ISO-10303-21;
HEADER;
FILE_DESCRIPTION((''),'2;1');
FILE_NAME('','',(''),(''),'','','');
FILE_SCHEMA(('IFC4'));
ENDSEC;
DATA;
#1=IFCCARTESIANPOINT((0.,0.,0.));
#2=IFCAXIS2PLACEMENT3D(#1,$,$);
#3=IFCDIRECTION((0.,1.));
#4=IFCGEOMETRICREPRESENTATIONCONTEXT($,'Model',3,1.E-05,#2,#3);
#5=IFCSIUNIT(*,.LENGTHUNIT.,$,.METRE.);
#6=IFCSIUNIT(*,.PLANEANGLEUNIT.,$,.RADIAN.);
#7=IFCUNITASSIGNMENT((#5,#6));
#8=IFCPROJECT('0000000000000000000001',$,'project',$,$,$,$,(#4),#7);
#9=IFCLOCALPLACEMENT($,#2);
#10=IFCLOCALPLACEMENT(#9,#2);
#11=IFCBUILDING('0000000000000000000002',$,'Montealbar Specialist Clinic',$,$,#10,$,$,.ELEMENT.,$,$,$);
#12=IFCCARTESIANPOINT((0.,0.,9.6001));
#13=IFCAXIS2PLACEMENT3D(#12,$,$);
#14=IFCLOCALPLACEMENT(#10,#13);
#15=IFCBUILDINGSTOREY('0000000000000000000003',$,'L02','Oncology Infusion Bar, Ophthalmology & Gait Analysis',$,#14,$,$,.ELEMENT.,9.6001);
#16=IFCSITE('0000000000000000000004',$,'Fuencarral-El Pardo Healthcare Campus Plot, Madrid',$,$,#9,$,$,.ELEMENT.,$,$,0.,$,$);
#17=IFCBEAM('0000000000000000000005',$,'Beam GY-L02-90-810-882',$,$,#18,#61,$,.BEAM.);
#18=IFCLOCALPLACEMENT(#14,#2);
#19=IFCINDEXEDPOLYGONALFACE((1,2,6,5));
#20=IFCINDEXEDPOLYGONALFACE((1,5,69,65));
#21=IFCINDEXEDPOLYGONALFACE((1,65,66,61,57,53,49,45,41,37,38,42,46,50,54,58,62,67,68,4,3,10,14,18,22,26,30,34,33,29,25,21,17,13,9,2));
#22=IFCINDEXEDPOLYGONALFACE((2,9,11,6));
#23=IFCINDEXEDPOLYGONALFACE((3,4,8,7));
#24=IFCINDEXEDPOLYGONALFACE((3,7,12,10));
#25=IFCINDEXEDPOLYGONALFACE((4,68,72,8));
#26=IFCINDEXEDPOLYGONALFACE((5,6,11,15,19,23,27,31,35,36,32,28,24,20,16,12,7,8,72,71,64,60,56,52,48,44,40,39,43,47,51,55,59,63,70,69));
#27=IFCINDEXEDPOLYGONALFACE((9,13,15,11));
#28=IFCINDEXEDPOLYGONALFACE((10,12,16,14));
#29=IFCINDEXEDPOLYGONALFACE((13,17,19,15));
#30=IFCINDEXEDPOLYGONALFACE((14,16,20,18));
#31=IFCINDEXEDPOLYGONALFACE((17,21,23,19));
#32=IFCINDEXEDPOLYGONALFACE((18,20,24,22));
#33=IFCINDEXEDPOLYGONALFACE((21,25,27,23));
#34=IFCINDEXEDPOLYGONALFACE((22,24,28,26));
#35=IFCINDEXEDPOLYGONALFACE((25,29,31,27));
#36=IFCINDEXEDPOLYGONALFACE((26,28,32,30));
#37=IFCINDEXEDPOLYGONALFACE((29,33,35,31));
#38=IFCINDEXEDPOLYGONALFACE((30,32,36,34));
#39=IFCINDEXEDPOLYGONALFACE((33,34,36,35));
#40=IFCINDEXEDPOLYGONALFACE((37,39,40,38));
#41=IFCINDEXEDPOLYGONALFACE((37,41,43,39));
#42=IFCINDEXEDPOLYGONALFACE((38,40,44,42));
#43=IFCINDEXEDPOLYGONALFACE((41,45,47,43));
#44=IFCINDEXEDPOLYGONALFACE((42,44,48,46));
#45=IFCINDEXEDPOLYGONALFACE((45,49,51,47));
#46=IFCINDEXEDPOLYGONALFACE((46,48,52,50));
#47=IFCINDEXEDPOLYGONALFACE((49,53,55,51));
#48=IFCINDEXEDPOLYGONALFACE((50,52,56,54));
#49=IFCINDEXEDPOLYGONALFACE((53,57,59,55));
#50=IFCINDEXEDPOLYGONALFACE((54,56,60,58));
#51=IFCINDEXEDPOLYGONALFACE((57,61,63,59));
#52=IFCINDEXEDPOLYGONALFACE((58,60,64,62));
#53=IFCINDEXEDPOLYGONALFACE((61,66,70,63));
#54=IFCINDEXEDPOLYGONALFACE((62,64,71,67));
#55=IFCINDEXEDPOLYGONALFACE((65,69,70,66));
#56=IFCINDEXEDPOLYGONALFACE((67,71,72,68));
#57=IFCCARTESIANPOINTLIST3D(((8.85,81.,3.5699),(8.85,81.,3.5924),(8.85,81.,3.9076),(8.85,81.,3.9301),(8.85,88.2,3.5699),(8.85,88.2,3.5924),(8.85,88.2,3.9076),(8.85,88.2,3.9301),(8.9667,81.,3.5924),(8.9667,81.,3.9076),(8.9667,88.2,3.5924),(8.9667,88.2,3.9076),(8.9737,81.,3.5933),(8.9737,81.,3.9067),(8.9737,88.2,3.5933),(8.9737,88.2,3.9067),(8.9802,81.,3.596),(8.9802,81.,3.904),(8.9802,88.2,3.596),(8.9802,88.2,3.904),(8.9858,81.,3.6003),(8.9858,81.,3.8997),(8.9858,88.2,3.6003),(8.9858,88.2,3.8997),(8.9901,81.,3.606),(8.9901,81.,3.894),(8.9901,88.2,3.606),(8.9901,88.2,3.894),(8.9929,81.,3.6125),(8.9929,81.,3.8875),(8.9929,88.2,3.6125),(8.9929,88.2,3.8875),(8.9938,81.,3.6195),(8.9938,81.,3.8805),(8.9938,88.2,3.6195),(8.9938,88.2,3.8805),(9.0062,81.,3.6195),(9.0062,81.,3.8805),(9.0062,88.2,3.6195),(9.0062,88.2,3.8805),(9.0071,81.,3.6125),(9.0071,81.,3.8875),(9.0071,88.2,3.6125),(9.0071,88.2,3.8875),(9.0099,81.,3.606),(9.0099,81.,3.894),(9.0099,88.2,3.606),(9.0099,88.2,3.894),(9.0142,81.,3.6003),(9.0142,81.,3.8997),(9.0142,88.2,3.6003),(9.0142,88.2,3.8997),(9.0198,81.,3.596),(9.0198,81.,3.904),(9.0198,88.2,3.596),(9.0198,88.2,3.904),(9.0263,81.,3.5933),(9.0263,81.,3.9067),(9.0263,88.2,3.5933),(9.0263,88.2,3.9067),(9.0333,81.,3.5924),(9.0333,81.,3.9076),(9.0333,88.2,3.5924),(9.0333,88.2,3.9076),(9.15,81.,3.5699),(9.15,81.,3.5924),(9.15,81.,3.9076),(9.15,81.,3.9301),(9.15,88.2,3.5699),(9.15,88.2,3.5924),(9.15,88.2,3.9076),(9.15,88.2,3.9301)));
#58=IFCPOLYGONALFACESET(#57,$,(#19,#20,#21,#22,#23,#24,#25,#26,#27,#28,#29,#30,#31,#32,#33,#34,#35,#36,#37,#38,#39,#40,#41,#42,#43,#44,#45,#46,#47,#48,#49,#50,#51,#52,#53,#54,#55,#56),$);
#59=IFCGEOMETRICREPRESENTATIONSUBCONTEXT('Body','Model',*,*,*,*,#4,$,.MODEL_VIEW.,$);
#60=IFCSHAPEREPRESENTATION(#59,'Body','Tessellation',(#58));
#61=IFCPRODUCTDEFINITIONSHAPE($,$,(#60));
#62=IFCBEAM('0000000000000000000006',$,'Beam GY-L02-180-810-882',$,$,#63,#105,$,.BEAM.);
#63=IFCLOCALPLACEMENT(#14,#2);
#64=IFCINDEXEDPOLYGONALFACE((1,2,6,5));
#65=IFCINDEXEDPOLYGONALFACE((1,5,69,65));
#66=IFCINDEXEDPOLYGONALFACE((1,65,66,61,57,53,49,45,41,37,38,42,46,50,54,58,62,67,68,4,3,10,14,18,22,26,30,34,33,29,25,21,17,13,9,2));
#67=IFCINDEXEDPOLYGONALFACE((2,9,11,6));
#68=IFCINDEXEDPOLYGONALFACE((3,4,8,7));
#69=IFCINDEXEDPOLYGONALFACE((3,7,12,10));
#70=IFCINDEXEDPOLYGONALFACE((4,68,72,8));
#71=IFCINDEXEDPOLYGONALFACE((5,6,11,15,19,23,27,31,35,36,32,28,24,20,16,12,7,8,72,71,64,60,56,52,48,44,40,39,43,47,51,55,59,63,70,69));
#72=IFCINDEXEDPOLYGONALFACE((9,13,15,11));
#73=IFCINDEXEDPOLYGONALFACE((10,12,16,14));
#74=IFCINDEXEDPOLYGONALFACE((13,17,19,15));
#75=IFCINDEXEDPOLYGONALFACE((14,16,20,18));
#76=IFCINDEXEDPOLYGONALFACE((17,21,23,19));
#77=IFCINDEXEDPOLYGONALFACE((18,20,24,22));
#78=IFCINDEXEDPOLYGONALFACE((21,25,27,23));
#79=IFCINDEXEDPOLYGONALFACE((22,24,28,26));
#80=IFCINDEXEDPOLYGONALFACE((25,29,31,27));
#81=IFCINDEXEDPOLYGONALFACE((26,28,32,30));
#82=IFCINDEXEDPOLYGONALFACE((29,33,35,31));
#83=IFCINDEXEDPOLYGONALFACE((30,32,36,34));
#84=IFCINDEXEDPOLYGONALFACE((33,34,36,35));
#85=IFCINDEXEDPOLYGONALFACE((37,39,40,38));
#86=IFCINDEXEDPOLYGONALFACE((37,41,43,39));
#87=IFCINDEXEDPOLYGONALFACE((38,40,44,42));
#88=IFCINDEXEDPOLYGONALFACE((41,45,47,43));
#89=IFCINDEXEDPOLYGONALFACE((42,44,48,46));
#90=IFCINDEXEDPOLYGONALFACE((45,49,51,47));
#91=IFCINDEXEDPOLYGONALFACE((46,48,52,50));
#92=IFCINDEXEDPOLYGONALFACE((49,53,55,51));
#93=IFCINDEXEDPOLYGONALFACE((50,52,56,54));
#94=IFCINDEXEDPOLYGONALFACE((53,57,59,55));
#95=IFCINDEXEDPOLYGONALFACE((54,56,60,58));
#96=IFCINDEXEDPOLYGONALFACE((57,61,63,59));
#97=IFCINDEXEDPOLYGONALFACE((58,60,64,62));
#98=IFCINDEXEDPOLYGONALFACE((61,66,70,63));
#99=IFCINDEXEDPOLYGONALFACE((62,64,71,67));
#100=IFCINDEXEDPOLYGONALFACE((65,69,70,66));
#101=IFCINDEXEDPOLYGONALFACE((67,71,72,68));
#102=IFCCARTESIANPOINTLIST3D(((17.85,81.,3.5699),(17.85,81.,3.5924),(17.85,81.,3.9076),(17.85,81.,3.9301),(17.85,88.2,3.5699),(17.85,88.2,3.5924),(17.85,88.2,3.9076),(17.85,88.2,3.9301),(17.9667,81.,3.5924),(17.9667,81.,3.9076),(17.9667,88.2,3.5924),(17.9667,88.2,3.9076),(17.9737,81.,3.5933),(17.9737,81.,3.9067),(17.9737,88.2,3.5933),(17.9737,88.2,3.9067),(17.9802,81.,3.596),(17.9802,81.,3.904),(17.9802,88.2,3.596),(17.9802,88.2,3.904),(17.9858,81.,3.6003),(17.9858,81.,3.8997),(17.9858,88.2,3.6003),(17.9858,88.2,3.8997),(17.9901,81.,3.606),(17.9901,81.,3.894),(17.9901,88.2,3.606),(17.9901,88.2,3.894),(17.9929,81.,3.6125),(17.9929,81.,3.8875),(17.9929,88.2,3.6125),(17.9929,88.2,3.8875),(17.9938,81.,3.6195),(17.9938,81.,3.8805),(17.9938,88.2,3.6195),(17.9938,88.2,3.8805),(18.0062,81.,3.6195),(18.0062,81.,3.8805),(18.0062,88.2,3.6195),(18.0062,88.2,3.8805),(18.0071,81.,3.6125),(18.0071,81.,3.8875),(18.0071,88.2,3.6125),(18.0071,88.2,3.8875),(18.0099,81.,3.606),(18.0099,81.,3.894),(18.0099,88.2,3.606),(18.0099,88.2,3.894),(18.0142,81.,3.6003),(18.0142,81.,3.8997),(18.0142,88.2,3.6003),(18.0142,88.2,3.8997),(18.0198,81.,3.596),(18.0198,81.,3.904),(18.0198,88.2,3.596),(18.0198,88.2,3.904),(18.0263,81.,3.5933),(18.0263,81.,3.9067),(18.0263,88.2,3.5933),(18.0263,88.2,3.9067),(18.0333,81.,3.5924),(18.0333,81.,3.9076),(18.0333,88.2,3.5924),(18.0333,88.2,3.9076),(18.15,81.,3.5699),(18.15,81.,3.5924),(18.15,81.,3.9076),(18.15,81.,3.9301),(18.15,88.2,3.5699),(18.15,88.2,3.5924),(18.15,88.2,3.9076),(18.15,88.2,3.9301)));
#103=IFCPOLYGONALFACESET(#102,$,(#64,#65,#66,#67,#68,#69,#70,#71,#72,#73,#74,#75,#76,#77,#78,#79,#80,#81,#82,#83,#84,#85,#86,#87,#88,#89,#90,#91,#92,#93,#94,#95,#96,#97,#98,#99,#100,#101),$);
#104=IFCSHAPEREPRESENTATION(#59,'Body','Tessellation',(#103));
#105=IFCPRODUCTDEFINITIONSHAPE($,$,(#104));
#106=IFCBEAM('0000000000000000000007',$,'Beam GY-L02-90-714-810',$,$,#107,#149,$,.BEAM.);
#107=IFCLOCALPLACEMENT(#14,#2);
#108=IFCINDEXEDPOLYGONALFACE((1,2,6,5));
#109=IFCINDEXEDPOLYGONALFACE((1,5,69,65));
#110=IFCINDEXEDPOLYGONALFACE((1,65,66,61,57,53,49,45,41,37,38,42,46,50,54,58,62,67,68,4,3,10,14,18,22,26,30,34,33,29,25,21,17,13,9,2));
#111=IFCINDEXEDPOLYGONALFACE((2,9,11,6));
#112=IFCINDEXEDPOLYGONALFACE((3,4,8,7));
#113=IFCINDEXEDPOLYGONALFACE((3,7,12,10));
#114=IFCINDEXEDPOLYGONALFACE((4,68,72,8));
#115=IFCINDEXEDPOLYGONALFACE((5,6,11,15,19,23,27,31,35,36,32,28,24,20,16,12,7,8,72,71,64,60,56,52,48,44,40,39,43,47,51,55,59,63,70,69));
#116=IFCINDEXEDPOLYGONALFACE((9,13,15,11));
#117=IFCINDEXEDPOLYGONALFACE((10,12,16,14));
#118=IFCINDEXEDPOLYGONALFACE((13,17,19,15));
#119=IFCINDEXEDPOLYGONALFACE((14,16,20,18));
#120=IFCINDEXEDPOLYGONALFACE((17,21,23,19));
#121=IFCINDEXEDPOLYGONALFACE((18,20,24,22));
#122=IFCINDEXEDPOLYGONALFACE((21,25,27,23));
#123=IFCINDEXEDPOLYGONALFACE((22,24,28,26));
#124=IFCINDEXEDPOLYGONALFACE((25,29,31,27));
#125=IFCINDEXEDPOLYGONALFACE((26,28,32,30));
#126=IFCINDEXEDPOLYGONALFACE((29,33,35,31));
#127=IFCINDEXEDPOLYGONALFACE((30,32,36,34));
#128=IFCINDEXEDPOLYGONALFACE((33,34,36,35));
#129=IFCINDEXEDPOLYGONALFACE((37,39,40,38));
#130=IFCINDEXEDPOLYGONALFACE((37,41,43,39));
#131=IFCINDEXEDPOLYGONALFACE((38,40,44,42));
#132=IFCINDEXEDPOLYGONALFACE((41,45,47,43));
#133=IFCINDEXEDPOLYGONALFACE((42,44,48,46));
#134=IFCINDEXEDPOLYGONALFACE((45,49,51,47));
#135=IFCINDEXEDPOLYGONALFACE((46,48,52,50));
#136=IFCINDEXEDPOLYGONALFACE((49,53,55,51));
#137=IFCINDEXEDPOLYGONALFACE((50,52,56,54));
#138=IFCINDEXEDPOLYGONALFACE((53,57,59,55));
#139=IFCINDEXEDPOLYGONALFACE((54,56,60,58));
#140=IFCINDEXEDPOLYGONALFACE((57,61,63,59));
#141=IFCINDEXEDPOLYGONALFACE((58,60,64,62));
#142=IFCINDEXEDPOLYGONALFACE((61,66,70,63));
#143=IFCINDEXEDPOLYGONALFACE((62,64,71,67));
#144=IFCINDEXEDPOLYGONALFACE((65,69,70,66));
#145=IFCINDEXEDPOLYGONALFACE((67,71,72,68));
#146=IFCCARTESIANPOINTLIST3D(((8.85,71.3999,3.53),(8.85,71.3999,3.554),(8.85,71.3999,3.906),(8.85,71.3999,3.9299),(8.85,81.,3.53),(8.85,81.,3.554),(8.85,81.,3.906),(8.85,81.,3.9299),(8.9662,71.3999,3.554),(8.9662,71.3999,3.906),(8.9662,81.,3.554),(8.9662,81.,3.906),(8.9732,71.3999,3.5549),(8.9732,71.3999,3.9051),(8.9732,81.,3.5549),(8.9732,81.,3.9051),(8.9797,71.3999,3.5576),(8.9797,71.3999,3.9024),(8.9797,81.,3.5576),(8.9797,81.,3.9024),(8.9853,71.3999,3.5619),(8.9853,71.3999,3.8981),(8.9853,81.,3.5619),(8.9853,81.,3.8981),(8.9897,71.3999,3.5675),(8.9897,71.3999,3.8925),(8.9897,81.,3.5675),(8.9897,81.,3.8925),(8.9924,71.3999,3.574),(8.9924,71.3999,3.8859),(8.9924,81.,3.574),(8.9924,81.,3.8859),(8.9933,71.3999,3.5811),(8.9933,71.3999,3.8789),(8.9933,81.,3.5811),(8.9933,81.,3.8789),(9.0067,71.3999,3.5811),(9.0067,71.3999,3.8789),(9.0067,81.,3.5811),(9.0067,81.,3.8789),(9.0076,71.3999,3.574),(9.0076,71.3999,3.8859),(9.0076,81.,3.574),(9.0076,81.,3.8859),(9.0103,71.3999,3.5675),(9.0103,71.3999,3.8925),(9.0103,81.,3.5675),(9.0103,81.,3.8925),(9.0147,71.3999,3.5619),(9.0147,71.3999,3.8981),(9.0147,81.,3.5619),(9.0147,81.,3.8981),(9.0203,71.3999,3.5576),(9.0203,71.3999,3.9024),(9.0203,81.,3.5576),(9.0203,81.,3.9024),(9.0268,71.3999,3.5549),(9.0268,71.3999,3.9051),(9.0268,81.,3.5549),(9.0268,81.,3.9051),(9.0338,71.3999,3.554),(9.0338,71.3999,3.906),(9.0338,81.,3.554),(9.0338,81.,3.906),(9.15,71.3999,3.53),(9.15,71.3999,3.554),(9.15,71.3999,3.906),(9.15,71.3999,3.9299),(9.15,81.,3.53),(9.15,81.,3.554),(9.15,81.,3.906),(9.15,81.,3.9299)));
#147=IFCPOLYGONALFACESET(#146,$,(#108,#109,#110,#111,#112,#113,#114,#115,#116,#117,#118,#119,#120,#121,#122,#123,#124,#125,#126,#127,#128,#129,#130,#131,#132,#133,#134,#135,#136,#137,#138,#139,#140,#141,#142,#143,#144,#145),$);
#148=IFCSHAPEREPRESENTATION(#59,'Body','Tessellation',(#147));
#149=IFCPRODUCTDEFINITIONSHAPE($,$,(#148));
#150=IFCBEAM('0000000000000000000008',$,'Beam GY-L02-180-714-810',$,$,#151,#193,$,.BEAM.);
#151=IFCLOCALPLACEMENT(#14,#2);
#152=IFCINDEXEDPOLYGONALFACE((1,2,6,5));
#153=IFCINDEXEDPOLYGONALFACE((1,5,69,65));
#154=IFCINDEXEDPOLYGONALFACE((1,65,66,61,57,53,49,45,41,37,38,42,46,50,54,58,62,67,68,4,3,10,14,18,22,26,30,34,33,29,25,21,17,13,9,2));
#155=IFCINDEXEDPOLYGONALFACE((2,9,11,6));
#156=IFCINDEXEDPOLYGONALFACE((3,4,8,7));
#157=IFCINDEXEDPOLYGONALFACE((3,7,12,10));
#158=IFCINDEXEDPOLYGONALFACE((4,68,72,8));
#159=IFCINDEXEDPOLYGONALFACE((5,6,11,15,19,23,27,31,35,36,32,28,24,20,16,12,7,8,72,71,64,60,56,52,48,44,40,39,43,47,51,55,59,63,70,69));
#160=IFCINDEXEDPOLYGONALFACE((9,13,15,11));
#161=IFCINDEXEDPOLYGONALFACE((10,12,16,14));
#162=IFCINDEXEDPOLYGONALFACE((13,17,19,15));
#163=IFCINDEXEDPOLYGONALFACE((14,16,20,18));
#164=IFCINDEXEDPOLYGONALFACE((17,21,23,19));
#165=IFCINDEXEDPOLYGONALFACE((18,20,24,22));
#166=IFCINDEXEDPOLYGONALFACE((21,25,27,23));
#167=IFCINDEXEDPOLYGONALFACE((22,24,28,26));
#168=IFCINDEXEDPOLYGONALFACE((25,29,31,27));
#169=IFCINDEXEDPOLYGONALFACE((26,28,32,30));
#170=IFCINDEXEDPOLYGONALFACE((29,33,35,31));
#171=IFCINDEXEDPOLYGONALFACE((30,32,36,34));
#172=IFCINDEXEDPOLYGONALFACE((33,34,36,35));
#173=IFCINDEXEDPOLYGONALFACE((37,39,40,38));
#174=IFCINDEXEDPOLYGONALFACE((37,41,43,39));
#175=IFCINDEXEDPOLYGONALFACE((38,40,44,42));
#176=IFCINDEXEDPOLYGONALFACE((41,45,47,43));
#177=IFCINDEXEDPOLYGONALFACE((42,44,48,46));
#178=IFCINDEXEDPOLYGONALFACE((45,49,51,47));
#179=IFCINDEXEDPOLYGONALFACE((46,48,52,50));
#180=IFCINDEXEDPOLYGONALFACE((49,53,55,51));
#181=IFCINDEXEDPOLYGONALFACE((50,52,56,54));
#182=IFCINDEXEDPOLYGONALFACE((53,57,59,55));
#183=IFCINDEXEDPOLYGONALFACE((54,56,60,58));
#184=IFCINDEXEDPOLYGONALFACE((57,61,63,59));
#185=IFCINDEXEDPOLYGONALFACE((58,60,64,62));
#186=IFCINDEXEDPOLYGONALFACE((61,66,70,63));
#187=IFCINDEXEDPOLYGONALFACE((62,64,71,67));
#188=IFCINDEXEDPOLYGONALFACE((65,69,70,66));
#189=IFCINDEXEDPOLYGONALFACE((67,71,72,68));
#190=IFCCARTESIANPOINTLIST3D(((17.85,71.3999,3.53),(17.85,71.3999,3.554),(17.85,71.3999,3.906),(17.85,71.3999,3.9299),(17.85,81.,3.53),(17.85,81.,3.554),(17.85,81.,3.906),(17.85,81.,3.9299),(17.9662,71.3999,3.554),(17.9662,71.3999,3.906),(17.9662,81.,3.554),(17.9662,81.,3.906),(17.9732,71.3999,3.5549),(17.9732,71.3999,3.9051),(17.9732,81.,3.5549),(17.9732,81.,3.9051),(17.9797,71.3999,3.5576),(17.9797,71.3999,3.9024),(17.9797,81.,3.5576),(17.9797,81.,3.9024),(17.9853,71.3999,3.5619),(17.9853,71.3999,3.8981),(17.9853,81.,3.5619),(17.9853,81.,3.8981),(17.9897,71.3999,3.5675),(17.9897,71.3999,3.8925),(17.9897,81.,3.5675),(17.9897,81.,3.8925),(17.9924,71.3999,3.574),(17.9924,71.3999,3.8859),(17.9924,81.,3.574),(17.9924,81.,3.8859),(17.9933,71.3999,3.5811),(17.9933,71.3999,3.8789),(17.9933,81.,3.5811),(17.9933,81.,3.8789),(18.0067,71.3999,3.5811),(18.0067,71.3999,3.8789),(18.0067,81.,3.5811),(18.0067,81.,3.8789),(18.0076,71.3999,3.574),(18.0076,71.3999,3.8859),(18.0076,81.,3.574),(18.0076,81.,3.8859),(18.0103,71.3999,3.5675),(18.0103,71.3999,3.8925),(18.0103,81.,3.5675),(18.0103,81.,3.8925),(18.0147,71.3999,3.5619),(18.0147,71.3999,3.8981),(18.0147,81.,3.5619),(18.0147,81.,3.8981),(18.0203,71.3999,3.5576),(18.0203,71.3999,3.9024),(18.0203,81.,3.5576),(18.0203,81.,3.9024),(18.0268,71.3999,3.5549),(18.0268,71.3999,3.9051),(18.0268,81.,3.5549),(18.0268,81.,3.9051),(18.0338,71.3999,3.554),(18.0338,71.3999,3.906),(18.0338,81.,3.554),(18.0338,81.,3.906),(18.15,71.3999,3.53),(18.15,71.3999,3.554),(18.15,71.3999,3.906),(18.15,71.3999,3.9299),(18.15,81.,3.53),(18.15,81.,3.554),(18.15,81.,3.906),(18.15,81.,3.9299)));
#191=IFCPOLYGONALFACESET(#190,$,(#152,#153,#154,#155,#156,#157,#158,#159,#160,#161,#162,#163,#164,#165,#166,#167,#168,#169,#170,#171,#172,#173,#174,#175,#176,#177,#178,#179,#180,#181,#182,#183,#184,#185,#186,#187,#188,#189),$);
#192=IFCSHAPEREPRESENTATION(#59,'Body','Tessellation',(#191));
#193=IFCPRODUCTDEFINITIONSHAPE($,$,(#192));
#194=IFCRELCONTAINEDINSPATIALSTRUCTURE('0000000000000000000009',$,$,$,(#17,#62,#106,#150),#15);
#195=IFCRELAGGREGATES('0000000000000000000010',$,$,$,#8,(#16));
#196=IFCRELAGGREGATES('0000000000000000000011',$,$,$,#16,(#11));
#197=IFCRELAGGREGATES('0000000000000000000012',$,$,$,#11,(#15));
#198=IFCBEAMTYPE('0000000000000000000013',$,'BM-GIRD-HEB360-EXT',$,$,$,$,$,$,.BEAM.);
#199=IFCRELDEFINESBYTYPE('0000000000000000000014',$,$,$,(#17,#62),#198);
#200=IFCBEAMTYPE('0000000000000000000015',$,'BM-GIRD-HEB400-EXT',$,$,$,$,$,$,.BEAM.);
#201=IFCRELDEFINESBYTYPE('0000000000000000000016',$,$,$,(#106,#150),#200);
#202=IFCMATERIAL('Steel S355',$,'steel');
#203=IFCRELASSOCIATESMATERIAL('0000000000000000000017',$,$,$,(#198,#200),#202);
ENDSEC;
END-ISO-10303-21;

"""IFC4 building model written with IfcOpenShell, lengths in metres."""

from ifc_helpers import new_model, si_unit, direction, frame, origin, origin_2d, place, context, subcontext, project, spatial, i_section, extrude, material, material_profile, profile_set, type_object, element, save


model = new_model("IFC4")

# Units and contexts
model_context = context("Model", 3, precision=1e-05, world=origin(), true_north=direction((0.0, 1.0)))
body_context = subcontext(model_context, "Body", "Model", "MODEL_VIEW")
ifc_project = project(units=[si_unit("LENGTHUNIT", "METRE"), si_unit("PLANEANGLEUNIT", "RADIAN")], contexts=[model_context])

# Site, building, storey
site_placement = place(None, origin())
site = spatial("IfcSite", under=ifc_project, at=site_placement, Name="Fuencarral-El Pardo Healthcare Campus Plot, Madrid", CompositionType="ELEMENT", RefElevation=0.0)
building_placement = place(site_placement, origin())
building = spatial("IfcBuilding", under=site, at=building_placement, Name="Montealbar Specialist Clinic", CompositionType="ELEMENT")
storey_placement = place(building_placement, frame((0.0, 0.0, 9.6001)))
storey = spatial("IfcBuildingStorey", under=building, at=storey_placement, Name="L02", Description="Oncology Infusion Bar, Ophthalmology & Gait Analysis", CompositionType="ELEMENT", Elevation=9.6001)

# Shared definitions
ifc_material_1 = material(Name="Steel S355", Category="steel")

# Beams
ifc_material_profile_1 = material_profile(ifc_material_1, i_section(OverallWidth=0.3, OverallDepth=0.3601, WebThickness=0.0125, FlangeThickness=0.0225, FilletRadius=0.0271, at=origin_2d()), Name="HEB 360", Category="steel")
ifc_profile_set_1 = profile_set([ifc_material_profile_1], Name="Steel S355")
beam_type_1 = type_object("IfcBeamType", Name="BM-GIRD-HEB360-EXT", PredefinedType="BEAM", material=ifc_profile_set_1)
for number, where, z_axis, x_axis, name in (
    (1, (9.0, 81.0, 3.75), (0.0, 1.0, 0.0), (-1.0, 0.0, 0.0), "Beam GY-L02-90-810-882"),
    (2, (18.0, 81.0, 3.75), (0.0, 1.0, 0.0), (-1.0, 0.0, 0.0), "Beam GY-L02-180-810-882"),
):
    element("IfcBeam", number, at=place(storey_placement, frame(where, z_axis=z_axis, x_axis=x_axis)), inside=storey, type_object=beam_type_1, Name=name, PredefinedType="BEAM", context=body_context, shape_type="SweptSolid", body=[
        extrude(i_section(OverallWidth=0.3, OverallDepth=0.3601, WebThickness=0.0125, FlangeThickness=0.0225, FilletRadius=0.0271, at=origin_2d()), origin(), (0.0, 0.0, 1.0), 7.2),
    ])
ifc_material_profile_2 = material_profile(ifc_material_1, i_section(OverallWidth=0.3, OverallDepth=0.3999, WebThickness=0.0134, FlangeThickness=0.0239, FilletRadius=0.0271, at=origin_2d()), Name="HEB 400", Category="steel")
ifc_profile_set_2 = profile_set([ifc_material_profile_2], Name="Steel S355")
beam_type_2 = type_object("IfcBeamType", Name="BM-GIRD-HEB400-EXT", PredefinedType="BEAM", material=ifc_profile_set_2)
for number, where, z_axis, x_axis, name in (
    (3, (9.0, 71.3999, 3.73), (0.0, 1.0, 0.0), (-1.0, 0.0, 0.0), "Beam GY-L02-90-714-810"),
    (4, (18.0, 71.3999, 3.73), (0.0, 1.0, 0.0), (-1.0, 0.0, 0.0), "Beam GY-L02-180-714-810"),
):
    element("IfcBeam", number, at=place(storey_placement, frame(where, z_axis=z_axis, x_axis=x_axis)), inside=storey, type_object=beam_type_2, Name=name, PredefinedType="BEAM", context=body_context, shape_type="SweptSolid", body=[
        extrude(i_section(OverallWidth=0.3, OverallDepth=0.3999, WebThickness=0.0134, FlangeThickness=0.0239, FilletRadius=0.0271, at=origin_2d()), origin(), (0.0, 0.0, 1.0), 9.6001),
    ])

save(model, "model.ifc")
